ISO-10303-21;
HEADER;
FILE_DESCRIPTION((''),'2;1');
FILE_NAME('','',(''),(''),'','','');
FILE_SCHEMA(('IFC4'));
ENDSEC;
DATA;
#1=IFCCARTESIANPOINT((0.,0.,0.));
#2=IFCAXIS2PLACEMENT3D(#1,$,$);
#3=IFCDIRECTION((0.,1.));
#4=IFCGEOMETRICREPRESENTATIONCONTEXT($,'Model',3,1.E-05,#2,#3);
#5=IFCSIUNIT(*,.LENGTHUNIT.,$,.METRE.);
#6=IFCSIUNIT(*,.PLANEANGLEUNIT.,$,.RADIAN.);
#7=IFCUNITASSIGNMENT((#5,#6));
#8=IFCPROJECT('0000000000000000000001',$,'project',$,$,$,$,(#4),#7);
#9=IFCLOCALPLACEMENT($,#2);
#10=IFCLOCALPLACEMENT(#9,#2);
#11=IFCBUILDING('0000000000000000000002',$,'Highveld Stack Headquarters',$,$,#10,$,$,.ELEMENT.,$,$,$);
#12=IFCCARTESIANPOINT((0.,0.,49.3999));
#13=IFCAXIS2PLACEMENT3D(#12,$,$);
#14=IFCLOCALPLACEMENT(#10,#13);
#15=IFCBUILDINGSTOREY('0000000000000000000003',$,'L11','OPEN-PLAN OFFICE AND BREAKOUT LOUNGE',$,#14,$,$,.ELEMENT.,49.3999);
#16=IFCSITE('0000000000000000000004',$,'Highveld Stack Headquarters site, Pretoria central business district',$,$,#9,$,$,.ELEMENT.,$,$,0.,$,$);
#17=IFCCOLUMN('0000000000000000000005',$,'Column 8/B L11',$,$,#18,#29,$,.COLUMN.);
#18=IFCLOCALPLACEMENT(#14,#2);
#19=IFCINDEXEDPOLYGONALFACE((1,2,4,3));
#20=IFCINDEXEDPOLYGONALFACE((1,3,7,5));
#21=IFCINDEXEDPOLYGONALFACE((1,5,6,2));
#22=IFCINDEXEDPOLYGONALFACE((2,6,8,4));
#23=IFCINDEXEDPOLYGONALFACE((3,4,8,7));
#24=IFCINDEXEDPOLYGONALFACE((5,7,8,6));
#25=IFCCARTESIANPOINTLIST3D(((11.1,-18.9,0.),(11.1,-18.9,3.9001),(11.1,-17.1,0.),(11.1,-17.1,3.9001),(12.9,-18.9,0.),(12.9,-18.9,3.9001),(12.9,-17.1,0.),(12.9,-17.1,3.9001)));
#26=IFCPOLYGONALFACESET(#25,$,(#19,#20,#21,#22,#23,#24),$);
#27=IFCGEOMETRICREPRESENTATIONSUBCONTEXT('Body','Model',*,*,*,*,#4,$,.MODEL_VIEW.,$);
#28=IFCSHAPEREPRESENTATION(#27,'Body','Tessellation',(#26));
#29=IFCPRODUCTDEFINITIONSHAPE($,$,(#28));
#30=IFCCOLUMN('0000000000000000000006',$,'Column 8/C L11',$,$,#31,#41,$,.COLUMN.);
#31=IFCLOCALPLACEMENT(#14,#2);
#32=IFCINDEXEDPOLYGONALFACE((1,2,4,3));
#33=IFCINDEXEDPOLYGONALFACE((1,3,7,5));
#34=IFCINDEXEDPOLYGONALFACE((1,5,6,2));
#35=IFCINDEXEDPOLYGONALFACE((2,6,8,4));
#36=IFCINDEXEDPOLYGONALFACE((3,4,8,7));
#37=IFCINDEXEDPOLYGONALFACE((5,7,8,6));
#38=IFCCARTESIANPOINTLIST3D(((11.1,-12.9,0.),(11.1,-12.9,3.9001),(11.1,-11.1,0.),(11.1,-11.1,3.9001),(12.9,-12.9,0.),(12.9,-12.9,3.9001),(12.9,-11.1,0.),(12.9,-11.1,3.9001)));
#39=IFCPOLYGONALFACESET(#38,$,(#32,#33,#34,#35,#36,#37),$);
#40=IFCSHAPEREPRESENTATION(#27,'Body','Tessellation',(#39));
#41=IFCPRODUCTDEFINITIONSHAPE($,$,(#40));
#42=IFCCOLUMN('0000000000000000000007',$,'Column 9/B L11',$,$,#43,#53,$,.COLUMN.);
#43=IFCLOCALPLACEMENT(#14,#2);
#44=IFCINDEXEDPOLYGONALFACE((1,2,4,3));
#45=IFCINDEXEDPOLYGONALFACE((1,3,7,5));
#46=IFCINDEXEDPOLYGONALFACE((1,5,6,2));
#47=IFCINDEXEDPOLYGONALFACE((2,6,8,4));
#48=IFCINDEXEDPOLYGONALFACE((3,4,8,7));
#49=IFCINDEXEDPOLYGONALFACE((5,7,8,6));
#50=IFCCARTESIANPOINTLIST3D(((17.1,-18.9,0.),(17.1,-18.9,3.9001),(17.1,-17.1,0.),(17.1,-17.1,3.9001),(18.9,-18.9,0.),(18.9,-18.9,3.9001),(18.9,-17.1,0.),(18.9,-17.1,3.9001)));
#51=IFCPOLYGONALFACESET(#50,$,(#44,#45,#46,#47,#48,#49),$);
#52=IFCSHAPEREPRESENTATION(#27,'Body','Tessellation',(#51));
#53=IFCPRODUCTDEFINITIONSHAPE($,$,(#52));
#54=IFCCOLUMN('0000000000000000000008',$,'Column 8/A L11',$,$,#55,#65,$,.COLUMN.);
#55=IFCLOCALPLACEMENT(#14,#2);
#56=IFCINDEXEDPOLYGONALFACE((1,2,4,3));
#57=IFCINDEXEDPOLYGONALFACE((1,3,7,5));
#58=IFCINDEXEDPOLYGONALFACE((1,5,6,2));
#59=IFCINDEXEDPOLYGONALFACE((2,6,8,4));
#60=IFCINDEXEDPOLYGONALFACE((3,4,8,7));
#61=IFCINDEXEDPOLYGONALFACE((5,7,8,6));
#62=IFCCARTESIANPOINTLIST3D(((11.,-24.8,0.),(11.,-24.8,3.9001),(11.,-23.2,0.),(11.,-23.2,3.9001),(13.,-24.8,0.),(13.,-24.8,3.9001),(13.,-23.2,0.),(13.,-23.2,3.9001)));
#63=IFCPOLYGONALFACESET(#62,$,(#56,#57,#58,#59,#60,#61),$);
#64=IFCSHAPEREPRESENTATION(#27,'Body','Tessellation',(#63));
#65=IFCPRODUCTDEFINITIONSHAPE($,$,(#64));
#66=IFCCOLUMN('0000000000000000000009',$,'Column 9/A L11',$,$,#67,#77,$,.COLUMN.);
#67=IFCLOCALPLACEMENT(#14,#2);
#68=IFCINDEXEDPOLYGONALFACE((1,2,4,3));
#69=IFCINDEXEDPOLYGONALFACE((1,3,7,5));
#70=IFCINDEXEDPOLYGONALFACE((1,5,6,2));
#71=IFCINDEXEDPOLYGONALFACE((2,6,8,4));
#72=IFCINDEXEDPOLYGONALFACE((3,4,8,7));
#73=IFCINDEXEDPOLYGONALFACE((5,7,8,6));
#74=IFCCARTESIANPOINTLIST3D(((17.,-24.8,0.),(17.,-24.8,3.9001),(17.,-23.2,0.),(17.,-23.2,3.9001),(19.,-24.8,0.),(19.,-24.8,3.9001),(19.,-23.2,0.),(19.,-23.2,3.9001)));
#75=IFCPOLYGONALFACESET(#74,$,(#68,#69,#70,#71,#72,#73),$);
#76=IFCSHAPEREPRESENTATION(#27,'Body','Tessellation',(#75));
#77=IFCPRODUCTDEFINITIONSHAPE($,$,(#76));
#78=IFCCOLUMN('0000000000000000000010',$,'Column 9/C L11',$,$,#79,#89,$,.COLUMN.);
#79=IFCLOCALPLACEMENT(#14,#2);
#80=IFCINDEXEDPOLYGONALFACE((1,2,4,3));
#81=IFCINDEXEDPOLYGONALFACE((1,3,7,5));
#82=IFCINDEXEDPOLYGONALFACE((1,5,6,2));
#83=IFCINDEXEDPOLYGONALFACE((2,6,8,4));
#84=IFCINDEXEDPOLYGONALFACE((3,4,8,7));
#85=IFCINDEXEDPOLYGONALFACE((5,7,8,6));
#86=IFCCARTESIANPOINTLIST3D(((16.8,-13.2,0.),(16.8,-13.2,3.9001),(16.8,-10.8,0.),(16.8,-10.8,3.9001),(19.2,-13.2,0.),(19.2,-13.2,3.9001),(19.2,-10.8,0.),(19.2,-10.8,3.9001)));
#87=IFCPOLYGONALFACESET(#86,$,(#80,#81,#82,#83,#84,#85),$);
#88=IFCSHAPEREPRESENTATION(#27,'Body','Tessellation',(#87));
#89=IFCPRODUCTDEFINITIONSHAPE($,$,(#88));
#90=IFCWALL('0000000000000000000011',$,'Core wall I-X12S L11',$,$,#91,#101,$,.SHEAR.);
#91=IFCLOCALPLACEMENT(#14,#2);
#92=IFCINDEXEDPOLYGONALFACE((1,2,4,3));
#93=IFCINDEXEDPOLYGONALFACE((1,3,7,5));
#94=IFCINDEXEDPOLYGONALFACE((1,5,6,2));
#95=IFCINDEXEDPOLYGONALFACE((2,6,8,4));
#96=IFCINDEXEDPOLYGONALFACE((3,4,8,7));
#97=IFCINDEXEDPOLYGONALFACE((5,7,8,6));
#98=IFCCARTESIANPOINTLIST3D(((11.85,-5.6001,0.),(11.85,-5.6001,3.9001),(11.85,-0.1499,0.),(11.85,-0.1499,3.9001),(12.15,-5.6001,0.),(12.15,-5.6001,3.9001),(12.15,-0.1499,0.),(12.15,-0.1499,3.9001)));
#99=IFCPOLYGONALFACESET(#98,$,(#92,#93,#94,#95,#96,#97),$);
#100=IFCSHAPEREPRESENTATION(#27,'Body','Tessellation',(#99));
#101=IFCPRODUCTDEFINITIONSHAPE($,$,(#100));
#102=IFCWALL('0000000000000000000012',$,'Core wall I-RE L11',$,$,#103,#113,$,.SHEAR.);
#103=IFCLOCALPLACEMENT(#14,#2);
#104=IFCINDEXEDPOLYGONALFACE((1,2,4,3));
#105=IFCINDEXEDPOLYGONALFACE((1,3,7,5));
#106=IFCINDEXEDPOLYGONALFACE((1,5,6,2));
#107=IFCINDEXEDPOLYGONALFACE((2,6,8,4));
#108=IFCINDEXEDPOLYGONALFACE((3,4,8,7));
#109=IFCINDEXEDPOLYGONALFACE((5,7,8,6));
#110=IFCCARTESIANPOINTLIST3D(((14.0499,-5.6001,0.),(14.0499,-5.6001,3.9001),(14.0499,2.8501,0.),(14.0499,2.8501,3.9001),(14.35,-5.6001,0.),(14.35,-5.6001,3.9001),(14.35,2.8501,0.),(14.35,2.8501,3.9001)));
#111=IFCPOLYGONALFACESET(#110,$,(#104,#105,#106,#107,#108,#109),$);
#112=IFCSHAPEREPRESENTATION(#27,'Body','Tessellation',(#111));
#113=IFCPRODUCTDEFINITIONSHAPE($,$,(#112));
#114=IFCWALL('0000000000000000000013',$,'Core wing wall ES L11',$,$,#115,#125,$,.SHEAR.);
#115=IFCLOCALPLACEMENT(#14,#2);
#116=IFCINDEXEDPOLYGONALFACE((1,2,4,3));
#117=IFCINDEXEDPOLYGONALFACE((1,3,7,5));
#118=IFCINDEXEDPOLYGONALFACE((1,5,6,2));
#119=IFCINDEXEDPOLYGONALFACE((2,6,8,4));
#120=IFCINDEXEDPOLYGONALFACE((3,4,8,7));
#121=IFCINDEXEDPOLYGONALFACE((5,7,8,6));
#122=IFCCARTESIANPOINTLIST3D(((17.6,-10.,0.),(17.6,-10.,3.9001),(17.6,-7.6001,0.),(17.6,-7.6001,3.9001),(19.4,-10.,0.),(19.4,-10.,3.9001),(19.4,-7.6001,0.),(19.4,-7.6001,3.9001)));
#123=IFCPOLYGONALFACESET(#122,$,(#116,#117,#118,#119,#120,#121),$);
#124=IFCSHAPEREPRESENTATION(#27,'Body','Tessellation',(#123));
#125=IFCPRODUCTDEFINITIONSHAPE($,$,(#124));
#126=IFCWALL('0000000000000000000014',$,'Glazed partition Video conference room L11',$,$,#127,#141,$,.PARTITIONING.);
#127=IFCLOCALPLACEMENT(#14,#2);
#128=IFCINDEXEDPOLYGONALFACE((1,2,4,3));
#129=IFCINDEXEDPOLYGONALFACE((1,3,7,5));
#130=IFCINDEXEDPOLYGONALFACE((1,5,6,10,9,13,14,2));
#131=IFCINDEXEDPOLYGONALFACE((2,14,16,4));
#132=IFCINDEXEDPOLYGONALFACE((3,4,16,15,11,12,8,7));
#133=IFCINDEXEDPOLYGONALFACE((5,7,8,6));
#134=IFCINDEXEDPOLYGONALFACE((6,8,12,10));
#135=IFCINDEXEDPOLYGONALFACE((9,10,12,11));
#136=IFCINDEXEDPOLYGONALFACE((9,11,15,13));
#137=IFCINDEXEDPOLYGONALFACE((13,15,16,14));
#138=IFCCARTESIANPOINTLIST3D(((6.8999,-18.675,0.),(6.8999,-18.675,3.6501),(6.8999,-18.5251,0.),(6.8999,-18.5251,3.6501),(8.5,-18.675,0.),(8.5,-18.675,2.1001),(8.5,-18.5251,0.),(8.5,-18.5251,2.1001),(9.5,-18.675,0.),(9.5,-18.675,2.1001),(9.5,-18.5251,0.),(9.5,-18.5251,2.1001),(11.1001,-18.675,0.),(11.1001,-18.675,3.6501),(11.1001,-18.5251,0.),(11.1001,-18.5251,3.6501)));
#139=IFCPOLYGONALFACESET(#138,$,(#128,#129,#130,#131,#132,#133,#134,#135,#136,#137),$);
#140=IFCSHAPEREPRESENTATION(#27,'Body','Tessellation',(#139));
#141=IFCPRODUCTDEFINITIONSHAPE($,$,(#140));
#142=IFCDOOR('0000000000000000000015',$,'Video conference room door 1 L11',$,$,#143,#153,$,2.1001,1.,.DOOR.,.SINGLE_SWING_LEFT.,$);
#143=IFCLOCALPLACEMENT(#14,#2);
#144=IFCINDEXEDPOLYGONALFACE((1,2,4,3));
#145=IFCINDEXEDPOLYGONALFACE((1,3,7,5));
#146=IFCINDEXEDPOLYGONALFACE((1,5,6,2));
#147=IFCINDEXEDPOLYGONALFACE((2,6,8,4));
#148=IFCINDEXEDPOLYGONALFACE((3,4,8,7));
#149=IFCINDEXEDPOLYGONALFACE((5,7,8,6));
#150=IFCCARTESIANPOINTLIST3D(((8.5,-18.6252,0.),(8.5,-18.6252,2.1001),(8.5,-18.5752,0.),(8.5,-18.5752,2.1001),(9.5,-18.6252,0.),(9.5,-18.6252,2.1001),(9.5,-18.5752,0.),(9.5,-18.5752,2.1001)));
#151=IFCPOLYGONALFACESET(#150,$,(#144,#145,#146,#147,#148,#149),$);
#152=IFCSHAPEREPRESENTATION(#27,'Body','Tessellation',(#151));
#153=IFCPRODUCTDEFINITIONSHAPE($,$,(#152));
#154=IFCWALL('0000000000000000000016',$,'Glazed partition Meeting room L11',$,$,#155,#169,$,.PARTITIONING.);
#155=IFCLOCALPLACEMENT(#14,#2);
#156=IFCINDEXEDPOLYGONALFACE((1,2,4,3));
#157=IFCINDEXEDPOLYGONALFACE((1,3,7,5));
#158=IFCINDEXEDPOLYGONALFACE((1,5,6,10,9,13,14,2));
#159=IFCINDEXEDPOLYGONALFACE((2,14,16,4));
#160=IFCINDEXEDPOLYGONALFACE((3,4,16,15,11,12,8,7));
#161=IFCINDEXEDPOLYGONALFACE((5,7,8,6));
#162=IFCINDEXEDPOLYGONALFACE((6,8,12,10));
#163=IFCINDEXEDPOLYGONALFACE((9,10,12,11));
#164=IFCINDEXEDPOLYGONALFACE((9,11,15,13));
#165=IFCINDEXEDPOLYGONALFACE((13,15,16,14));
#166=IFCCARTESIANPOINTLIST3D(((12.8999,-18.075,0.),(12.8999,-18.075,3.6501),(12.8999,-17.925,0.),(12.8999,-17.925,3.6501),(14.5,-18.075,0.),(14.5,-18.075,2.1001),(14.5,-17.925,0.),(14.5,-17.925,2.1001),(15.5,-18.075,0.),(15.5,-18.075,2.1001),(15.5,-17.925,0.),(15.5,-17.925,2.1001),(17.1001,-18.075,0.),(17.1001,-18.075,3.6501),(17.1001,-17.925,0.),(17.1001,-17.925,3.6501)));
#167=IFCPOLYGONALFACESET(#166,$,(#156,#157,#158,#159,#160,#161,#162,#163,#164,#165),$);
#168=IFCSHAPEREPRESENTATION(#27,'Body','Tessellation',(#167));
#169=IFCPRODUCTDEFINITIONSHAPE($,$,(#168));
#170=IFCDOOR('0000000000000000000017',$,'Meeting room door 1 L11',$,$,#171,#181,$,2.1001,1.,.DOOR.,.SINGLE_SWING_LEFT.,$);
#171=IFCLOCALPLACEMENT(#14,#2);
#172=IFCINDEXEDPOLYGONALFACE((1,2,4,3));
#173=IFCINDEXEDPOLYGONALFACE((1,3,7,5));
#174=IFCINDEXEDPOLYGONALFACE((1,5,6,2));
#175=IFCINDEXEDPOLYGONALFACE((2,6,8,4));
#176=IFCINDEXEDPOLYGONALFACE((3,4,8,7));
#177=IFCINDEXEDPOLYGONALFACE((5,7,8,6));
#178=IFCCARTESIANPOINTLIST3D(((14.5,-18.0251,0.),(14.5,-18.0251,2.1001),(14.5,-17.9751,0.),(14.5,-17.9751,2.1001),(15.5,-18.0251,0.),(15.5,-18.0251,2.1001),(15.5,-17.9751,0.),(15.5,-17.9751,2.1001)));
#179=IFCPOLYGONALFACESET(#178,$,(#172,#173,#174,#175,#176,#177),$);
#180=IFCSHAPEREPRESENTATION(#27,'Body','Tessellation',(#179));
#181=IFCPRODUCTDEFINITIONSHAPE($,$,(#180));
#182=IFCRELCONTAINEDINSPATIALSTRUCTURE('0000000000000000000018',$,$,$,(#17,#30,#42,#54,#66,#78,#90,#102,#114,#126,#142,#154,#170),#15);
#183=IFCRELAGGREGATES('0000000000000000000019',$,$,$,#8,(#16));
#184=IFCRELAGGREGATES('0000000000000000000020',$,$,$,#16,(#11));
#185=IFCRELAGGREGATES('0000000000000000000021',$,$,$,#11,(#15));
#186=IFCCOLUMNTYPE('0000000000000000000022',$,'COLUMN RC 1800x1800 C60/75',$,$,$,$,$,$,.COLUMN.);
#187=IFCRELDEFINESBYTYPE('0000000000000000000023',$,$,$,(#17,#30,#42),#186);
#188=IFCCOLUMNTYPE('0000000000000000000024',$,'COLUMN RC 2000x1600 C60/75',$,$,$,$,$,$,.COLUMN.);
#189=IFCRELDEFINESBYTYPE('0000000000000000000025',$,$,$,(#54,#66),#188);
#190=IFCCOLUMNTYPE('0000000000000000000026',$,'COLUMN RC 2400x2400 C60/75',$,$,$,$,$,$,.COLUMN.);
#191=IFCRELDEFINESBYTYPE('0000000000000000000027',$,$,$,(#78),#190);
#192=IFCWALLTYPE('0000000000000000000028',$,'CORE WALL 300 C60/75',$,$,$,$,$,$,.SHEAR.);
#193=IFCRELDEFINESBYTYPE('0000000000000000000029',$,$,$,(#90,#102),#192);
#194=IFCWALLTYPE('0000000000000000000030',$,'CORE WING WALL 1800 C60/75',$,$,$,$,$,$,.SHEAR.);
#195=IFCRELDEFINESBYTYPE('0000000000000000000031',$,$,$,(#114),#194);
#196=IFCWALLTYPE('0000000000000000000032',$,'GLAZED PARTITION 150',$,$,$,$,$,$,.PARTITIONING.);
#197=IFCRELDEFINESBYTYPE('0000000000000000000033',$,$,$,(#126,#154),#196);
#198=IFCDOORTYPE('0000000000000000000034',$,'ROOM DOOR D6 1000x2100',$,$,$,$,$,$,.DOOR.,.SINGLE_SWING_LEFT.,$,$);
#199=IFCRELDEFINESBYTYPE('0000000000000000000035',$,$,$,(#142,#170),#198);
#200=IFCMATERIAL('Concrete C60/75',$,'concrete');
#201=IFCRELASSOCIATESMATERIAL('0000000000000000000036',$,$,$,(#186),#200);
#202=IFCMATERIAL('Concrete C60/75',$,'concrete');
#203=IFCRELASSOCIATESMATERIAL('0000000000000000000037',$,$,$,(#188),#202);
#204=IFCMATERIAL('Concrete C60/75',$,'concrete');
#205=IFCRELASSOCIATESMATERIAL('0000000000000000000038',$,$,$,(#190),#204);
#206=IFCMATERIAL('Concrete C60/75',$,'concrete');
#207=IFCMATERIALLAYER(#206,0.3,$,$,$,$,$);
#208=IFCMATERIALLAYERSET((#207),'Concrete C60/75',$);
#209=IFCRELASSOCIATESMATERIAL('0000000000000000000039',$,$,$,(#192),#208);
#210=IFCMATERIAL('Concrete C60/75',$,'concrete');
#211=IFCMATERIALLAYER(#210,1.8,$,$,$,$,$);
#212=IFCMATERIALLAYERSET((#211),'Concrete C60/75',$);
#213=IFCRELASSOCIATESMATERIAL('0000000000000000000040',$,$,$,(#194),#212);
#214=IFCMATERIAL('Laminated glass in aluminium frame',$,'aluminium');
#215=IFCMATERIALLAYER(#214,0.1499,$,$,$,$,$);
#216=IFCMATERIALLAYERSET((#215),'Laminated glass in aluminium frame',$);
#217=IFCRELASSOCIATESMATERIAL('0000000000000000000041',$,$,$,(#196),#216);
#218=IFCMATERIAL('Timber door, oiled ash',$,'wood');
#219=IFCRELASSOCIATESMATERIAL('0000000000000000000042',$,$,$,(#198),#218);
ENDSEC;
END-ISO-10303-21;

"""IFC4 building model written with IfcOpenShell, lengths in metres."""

from ifc_helpers import new_model, si_unit, direction, frame, frame_2d, origin, origin_2d, place, context, subcontext, project, spatial, rectangle, extrude, material, layer, layer_set, material_profile, profile_set, type_object, element, fill, save


model = new_model("IFC4")

# Units and contexts
model_context = context("Model", 3, precision=1e-05, world=origin(), true_north=direction((0.0, 1.0)))
body_context = subcontext(model_context, "Body", "Model", "MODEL_VIEW")
ifc_project = project(units=[si_unit("LENGTHUNIT", "METRE"), si_unit("PLANEANGLEUNIT", "RADIAN")], contexts=[model_context])

# Site, building, storey
site_placement = place(None, origin())
site = spatial("IfcSite", under=ifc_project, at=site_placement, Name="Highveld Stack Headquarters site, Pretoria central business district", CompositionType="ELEMENT", RefElevation=0.0)
building_placement = place(site_placement, origin())
building = spatial("IfcBuilding", under=site, at=building_placement, Name="Highveld Stack Headquarters", CompositionType="ELEMENT")
storey_placement = place(building_placement, frame((0.0, 0.0, 49.3999)))
storey = spatial("IfcBuildingStorey", under=building, at=storey_placement, Name="L11", Description="OPEN-PLAN OFFICE AND BREAKOUT LOUNGE", CompositionType="ELEMENT", Elevation=49.3999)

# Columns
ifc_material_1 = material(Name="Concrete C60/75", Category="concrete")
ifc_material_profile_1 = material_profile(ifc_material_1, rectangle(XDim=1.8, YDim=1.8, at=origin_2d()), Name="RC 1800x1800")
ifc_profile_set_1 = profile_set([ifc_material_profile_1], Name="Concrete C60/75")
column_type_1 = type_object("IfcColumnType", Name="COLUMN RC 1800x1800 C60/75", PredefinedType="COLUMN", material=ifc_profile_set_1)
for number, where, z_axis, x_axis, name in (
    (1, (12.0, -18.0, 0.0), (0.0, 0.0, 1.0), (1.0, 0.0, 0.0), "Column 8/B L11"),
    (2, (12.0, -12.0, 0.0), (0.0, 0.0, 1.0), (1.0, 0.0, 0.0), "Column 8/C L11"),
    (3, (18.0, -18.0, 0.0), (0.0, 0.0, 1.0), (1.0, 0.0, 0.0), "Column 9/B L11"),
):
    element("IfcColumn", number, at=place(storey_placement, frame(where, z_axis=z_axis, x_axis=x_axis)), inside=storey, type_object=column_type_1, Name=name, PredefinedType="COLUMN", context=body_context, shape_type="SweptSolid", body=[
        extrude(rectangle(XDim=1.8, YDim=1.8, at=origin_2d()), origin(), (0.0, 0.0, 1.0), 3.9001),
    ])
ifc_material_2 = material(Name="Concrete C60/75", Category="concrete")
ifc_material_profile_2 = material_profile(ifc_material_2, rectangle(XDim=2.0, YDim=1.6001, at=origin_2d()), Name="RC 2000x1600")
ifc_profile_set_2 = profile_set([ifc_material_profile_2], Name="Concrete C60/75")
column_type_2 = type_object("IfcColumnType", Name="COLUMN RC 2000x1600 C60/75", PredefinedType="COLUMN", material=ifc_profile_set_2)
for number, where, z_axis, x_axis, name in (
    (4, (12.0, -24.0, 0.0), (0.0, 0.0, 1.0), (1.0, 0.0, 0.0), "Column 8/A L11"),
    (5, (18.0, -24.0, 0.0), (0.0, 0.0, 1.0), (1.0, 0.0, 0.0), "Column 9/A L11"),
):
    element("IfcColumn", number, at=place(storey_placement, frame(where, z_axis=z_axis, x_axis=x_axis)), inside=storey, type_object=column_type_2, Name=name, PredefinedType="COLUMN", context=body_context, shape_type="SweptSolid", body=[
        extrude(rectangle(XDim=2.0, YDim=1.6001, at=origin_2d()), origin(), (0.0, 0.0, 1.0), 3.9001),
    ])
ifc_material_3 = material(Name="Concrete C60/75", Category="concrete")
ifc_material_profile_3 = material_profile(ifc_material_3, rectangle(XDim=2.3999, YDim=2.3999, at=origin_2d()), Name="RC 2400x2400")
ifc_profile_set_3 = profile_set([ifc_material_profile_3], Name="Concrete C60/75")
column_type_3 = type_object("IfcColumnType", Name="COLUMN RC 2400x2400 C60/75", PredefinedType="COLUMN", material=ifc_profile_set_3)
column_placement = place(storey_placement, frame((18.0, -12.0, 0.0), z_axis=(0.0, 0.0, 1.0), x_axis=(1.0, 0.0, 0.0)))
element("IfcColumn", 6, at=column_placement, inside=storey, type_object=column_type_3, Name="Column 9/C L11", PredefinedType="COLUMN", context=body_context, shape_type="SweptSolid", body=[
    extrude(rectangle(XDim=2.3999, YDim=2.3999, at=origin_2d()), origin(), (0.0, 0.0, 1.0), 3.9001),
])

# Walls
ifc_material_4 = material(Name="Concrete C60/75", Category="concrete")
ifc_layer_1 = layer(ifc_material_4, 0.3)
ifc_layer_set_1 = layer_set([ifc_layer_1], Name="Concrete C60/75")
wall_type_1 = type_object("IfcWallType", Name="CORE WALL 300 C60/75", PredefinedType="SHEAR", material=ifc_layer_set_1)
wall_1_placement = place(storey_placement, frame((12.0, -5.6001, 0.0), z_axis=(0.0, 0.0, 1.0), x_axis=(0.0, 1.0, 0.0)))
element("IfcWall", 7, at=wall_1_placement, inside=storey, type_object=wall_type_1, Name="Core wall I-X12S L11", PredefinedType="SHEAR", context=body_context, shape_type="SweptSolid", body=[
    extrude(rectangle(XDim=5.4502, YDim=0.3, at=frame_2d((2.7251, 0.0))), origin(), (0.0, 0.0, 1.0), 3.9001),
])
wall_2_placement = place(storey_placement, frame((14.2, -5.6001, 0.0), z_axis=(0.0, 0.0, 1.0), x_axis=(0.0, 1.0, 0.0)))
element("IfcWall", 8, at=wall_2_placement, inside=storey, type_object=wall_type_1, Name="Core wall I-RE L11", PredefinedType="SHEAR", context=body_context, shape_type="SweptSolid", body=[
    extrude(rectangle(XDim=8.4502, YDim=0.3, at=frame_2d((4.2251, 0.0))), origin(), (0.0, 0.0, 1.0), 3.9001),
])
ifc_material_5 = material(Name="Concrete C60/75", Category="concrete")
ifc_layer_2 = layer(ifc_material_5, 1.8)
ifc_layer_set_2 = layer_set([ifc_layer_2], Name="Concrete C60/75")
wall_type_2 = type_object("IfcWallType", Name="CORE WING WALL 1800 C60/75", PredefinedType="SHEAR", material=ifc_layer_set_2)
wall_3_placement = place(storey_placement, frame((18.5, -10.0, 0.0), z_axis=(0.0, 0.0, 1.0), x_axis=(0.0, 1.0, 0.0)))
element("IfcWall", 9, at=wall_3_placement, inside=storey, type_object=wall_type_2, Name="Core wing wall ES L11", PredefinedType="SHEAR", context=body_context, shape_type="SweptSolid", body=[
    extrude(rectangle(XDim=2.3999, YDim=1.8, at=frame_2d((1.2, 0.0))), origin(), (0.0, 0.0, 1.0), 3.9001),
])

# Walls, openings, doors
ifc_material_6 = material(Name="Laminated glass in aluminium frame", Category="aluminium")
ifc_layer_3 = layer(ifc_material_6, 0.1499)
ifc_layer_set_3 = layer_set([ifc_layer_3], Name="Laminated glass in aluminium frame")
wall_type_3 = type_object("IfcWallType", Name="GLAZED PARTITION 150", PredefinedType="PARTITIONING", material=ifc_layer_set_3)
wall_4_placement = place(storey_placement, frame((6.8999, -18.6001, 0.0), z_axis=(0.0, 0.0, 1.0), x_axis=(1.0, 0.0, 0.0)))
wall_4 = element("IfcWall", 10, at=wall_4_placement, inside=storey, type_object=wall_type_3, Name="Glazed partition Video conference room L11", PredefinedType="PARTITIONING", context=body_context, shape_type="SweptSolid", body=[
    extrude(rectangle(XDim=4.2002, YDim=0.1499, at=frame_2d((2.1001, 0.0))), origin(), (0.0, 0.0, 1.0), 3.6501),
])
opening_1_placement = place(wall_4_placement, frame((1.6001, 0.0, 0.0)))
opening_1 = element("IfcOpeningElement", 11, at=opening_1_placement, cuts=wall_4, PredefinedType="OPENING", context=body_context, shape_type="SweptSolid", body=[
    extrude(rectangle(XDim=1.0, YDim=2.1001, at=frame_2d((0.5, 1.05))), frame((0.0, 0.085, 0.0), z_axis=(0.0, -1.0, 0.0), x_axis=(1.0, 0.0, 0.0)), (0.0, 0.0, 1.0), 0.1699),
])
ifc_material_7 = material(Name="Timber door, oiled ash", Category="wood")
door_type_1 = type_object("IfcDoorType", Name="ROOM DOOR D6 1000x2100", OperationType="SINGLE_SWING_LEFT", PredefinedType="DOOR", material=ifc_material_7)
door_1_placement = place(opening_1_placement, origin())
door_1 = element("IfcDoor", 12, at=door_1_placement, inside=storey, type_object=door_type_1, Name="Video conference room door 1 L11", OperationType="SINGLE_SWING_LEFT", OverallHeight=2.1001, OverallWidth=1.0, PredefinedType="DOOR", context=body_context, shape_type="SweptSolid", body=[
    extrude(rectangle(XDim=1.0, YDim=2.1001, at=frame_2d((0.5, 1.05))), frame((0.0, 0.0249, 0.0), z_axis=(0.0, -1.0, 0.0), x_axis=(1.0, 0.0, 0.0)), (0.0, 0.0, 1.0), 0.05),
])
fill(opening_1, door_1)
wall_5_placement = place(storey_placement, frame((12.8999, -18.0, 0.0), z_axis=(0.0, 0.0, 1.0), x_axis=(1.0, 0.0, 0.0)))
wall_5 = element("IfcWall", 13, at=wall_5_placement, inside=storey, type_object=wall_type_3, Name="Glazed partition Meeting room L11", PredefinedType="PARTITIONING", context=body_context, shape_type="SweptSolid", body=[
    extrude(rectangle(XDim=4.2002, YDim=0.1499, at=frame_2d((2.1001, 0.0))), origin(), (0.0, 0.0, 1.0), 3.6501),
])
opening_2_placement = place(wall_5_placement, frame((1.6001, 0.0, 0.0)))
opening_2 = element("IfcOpeningElement", 14, at=opening_2_placement, cuts=wall_5, PredefinedType="OPENING", context=body_context, shape_type="SweptSolid", body=[
    extrude(rectangle(XDim=1.0, YDim=2.1001, at=frame_2d((0.5, 1.05))), frame((0.0, 0.085, 0.0), z_axis=(0.0, -1.0, 0.0), x_axis=(1.0, 0.0, 0.0)), (0.0, 0.0, 1.0), 0.1699),
])
door_2_placement = place(opening_2_placement, origin())
door_2 = element("IfcDoor", 15, at=door_2_placement, inside=storey, type_object=door_type_1, Name="Meeting room door 1 L11", OperationType="SINGLE_SWING_LEFT", OverallHeight=2.1001, OverallWidth=1.0, PredefinedType="DOOR", context=body_context, shape_type="SweptSolid", body=[
    extrude(rectangle(XDim=1.0, YDim=2.1001, at=frame_2d((0.5, 1.05))), frame((0.0, 0.0249, 0.0), z_axis=(0.0, -1.0, 0.0), x_axis=(1.0, 0.0, 0.0)), (0.0, 0.0, 1.0), 0.05),
])
fill(opening_2, door_2)

save(model, "model.ifc")
